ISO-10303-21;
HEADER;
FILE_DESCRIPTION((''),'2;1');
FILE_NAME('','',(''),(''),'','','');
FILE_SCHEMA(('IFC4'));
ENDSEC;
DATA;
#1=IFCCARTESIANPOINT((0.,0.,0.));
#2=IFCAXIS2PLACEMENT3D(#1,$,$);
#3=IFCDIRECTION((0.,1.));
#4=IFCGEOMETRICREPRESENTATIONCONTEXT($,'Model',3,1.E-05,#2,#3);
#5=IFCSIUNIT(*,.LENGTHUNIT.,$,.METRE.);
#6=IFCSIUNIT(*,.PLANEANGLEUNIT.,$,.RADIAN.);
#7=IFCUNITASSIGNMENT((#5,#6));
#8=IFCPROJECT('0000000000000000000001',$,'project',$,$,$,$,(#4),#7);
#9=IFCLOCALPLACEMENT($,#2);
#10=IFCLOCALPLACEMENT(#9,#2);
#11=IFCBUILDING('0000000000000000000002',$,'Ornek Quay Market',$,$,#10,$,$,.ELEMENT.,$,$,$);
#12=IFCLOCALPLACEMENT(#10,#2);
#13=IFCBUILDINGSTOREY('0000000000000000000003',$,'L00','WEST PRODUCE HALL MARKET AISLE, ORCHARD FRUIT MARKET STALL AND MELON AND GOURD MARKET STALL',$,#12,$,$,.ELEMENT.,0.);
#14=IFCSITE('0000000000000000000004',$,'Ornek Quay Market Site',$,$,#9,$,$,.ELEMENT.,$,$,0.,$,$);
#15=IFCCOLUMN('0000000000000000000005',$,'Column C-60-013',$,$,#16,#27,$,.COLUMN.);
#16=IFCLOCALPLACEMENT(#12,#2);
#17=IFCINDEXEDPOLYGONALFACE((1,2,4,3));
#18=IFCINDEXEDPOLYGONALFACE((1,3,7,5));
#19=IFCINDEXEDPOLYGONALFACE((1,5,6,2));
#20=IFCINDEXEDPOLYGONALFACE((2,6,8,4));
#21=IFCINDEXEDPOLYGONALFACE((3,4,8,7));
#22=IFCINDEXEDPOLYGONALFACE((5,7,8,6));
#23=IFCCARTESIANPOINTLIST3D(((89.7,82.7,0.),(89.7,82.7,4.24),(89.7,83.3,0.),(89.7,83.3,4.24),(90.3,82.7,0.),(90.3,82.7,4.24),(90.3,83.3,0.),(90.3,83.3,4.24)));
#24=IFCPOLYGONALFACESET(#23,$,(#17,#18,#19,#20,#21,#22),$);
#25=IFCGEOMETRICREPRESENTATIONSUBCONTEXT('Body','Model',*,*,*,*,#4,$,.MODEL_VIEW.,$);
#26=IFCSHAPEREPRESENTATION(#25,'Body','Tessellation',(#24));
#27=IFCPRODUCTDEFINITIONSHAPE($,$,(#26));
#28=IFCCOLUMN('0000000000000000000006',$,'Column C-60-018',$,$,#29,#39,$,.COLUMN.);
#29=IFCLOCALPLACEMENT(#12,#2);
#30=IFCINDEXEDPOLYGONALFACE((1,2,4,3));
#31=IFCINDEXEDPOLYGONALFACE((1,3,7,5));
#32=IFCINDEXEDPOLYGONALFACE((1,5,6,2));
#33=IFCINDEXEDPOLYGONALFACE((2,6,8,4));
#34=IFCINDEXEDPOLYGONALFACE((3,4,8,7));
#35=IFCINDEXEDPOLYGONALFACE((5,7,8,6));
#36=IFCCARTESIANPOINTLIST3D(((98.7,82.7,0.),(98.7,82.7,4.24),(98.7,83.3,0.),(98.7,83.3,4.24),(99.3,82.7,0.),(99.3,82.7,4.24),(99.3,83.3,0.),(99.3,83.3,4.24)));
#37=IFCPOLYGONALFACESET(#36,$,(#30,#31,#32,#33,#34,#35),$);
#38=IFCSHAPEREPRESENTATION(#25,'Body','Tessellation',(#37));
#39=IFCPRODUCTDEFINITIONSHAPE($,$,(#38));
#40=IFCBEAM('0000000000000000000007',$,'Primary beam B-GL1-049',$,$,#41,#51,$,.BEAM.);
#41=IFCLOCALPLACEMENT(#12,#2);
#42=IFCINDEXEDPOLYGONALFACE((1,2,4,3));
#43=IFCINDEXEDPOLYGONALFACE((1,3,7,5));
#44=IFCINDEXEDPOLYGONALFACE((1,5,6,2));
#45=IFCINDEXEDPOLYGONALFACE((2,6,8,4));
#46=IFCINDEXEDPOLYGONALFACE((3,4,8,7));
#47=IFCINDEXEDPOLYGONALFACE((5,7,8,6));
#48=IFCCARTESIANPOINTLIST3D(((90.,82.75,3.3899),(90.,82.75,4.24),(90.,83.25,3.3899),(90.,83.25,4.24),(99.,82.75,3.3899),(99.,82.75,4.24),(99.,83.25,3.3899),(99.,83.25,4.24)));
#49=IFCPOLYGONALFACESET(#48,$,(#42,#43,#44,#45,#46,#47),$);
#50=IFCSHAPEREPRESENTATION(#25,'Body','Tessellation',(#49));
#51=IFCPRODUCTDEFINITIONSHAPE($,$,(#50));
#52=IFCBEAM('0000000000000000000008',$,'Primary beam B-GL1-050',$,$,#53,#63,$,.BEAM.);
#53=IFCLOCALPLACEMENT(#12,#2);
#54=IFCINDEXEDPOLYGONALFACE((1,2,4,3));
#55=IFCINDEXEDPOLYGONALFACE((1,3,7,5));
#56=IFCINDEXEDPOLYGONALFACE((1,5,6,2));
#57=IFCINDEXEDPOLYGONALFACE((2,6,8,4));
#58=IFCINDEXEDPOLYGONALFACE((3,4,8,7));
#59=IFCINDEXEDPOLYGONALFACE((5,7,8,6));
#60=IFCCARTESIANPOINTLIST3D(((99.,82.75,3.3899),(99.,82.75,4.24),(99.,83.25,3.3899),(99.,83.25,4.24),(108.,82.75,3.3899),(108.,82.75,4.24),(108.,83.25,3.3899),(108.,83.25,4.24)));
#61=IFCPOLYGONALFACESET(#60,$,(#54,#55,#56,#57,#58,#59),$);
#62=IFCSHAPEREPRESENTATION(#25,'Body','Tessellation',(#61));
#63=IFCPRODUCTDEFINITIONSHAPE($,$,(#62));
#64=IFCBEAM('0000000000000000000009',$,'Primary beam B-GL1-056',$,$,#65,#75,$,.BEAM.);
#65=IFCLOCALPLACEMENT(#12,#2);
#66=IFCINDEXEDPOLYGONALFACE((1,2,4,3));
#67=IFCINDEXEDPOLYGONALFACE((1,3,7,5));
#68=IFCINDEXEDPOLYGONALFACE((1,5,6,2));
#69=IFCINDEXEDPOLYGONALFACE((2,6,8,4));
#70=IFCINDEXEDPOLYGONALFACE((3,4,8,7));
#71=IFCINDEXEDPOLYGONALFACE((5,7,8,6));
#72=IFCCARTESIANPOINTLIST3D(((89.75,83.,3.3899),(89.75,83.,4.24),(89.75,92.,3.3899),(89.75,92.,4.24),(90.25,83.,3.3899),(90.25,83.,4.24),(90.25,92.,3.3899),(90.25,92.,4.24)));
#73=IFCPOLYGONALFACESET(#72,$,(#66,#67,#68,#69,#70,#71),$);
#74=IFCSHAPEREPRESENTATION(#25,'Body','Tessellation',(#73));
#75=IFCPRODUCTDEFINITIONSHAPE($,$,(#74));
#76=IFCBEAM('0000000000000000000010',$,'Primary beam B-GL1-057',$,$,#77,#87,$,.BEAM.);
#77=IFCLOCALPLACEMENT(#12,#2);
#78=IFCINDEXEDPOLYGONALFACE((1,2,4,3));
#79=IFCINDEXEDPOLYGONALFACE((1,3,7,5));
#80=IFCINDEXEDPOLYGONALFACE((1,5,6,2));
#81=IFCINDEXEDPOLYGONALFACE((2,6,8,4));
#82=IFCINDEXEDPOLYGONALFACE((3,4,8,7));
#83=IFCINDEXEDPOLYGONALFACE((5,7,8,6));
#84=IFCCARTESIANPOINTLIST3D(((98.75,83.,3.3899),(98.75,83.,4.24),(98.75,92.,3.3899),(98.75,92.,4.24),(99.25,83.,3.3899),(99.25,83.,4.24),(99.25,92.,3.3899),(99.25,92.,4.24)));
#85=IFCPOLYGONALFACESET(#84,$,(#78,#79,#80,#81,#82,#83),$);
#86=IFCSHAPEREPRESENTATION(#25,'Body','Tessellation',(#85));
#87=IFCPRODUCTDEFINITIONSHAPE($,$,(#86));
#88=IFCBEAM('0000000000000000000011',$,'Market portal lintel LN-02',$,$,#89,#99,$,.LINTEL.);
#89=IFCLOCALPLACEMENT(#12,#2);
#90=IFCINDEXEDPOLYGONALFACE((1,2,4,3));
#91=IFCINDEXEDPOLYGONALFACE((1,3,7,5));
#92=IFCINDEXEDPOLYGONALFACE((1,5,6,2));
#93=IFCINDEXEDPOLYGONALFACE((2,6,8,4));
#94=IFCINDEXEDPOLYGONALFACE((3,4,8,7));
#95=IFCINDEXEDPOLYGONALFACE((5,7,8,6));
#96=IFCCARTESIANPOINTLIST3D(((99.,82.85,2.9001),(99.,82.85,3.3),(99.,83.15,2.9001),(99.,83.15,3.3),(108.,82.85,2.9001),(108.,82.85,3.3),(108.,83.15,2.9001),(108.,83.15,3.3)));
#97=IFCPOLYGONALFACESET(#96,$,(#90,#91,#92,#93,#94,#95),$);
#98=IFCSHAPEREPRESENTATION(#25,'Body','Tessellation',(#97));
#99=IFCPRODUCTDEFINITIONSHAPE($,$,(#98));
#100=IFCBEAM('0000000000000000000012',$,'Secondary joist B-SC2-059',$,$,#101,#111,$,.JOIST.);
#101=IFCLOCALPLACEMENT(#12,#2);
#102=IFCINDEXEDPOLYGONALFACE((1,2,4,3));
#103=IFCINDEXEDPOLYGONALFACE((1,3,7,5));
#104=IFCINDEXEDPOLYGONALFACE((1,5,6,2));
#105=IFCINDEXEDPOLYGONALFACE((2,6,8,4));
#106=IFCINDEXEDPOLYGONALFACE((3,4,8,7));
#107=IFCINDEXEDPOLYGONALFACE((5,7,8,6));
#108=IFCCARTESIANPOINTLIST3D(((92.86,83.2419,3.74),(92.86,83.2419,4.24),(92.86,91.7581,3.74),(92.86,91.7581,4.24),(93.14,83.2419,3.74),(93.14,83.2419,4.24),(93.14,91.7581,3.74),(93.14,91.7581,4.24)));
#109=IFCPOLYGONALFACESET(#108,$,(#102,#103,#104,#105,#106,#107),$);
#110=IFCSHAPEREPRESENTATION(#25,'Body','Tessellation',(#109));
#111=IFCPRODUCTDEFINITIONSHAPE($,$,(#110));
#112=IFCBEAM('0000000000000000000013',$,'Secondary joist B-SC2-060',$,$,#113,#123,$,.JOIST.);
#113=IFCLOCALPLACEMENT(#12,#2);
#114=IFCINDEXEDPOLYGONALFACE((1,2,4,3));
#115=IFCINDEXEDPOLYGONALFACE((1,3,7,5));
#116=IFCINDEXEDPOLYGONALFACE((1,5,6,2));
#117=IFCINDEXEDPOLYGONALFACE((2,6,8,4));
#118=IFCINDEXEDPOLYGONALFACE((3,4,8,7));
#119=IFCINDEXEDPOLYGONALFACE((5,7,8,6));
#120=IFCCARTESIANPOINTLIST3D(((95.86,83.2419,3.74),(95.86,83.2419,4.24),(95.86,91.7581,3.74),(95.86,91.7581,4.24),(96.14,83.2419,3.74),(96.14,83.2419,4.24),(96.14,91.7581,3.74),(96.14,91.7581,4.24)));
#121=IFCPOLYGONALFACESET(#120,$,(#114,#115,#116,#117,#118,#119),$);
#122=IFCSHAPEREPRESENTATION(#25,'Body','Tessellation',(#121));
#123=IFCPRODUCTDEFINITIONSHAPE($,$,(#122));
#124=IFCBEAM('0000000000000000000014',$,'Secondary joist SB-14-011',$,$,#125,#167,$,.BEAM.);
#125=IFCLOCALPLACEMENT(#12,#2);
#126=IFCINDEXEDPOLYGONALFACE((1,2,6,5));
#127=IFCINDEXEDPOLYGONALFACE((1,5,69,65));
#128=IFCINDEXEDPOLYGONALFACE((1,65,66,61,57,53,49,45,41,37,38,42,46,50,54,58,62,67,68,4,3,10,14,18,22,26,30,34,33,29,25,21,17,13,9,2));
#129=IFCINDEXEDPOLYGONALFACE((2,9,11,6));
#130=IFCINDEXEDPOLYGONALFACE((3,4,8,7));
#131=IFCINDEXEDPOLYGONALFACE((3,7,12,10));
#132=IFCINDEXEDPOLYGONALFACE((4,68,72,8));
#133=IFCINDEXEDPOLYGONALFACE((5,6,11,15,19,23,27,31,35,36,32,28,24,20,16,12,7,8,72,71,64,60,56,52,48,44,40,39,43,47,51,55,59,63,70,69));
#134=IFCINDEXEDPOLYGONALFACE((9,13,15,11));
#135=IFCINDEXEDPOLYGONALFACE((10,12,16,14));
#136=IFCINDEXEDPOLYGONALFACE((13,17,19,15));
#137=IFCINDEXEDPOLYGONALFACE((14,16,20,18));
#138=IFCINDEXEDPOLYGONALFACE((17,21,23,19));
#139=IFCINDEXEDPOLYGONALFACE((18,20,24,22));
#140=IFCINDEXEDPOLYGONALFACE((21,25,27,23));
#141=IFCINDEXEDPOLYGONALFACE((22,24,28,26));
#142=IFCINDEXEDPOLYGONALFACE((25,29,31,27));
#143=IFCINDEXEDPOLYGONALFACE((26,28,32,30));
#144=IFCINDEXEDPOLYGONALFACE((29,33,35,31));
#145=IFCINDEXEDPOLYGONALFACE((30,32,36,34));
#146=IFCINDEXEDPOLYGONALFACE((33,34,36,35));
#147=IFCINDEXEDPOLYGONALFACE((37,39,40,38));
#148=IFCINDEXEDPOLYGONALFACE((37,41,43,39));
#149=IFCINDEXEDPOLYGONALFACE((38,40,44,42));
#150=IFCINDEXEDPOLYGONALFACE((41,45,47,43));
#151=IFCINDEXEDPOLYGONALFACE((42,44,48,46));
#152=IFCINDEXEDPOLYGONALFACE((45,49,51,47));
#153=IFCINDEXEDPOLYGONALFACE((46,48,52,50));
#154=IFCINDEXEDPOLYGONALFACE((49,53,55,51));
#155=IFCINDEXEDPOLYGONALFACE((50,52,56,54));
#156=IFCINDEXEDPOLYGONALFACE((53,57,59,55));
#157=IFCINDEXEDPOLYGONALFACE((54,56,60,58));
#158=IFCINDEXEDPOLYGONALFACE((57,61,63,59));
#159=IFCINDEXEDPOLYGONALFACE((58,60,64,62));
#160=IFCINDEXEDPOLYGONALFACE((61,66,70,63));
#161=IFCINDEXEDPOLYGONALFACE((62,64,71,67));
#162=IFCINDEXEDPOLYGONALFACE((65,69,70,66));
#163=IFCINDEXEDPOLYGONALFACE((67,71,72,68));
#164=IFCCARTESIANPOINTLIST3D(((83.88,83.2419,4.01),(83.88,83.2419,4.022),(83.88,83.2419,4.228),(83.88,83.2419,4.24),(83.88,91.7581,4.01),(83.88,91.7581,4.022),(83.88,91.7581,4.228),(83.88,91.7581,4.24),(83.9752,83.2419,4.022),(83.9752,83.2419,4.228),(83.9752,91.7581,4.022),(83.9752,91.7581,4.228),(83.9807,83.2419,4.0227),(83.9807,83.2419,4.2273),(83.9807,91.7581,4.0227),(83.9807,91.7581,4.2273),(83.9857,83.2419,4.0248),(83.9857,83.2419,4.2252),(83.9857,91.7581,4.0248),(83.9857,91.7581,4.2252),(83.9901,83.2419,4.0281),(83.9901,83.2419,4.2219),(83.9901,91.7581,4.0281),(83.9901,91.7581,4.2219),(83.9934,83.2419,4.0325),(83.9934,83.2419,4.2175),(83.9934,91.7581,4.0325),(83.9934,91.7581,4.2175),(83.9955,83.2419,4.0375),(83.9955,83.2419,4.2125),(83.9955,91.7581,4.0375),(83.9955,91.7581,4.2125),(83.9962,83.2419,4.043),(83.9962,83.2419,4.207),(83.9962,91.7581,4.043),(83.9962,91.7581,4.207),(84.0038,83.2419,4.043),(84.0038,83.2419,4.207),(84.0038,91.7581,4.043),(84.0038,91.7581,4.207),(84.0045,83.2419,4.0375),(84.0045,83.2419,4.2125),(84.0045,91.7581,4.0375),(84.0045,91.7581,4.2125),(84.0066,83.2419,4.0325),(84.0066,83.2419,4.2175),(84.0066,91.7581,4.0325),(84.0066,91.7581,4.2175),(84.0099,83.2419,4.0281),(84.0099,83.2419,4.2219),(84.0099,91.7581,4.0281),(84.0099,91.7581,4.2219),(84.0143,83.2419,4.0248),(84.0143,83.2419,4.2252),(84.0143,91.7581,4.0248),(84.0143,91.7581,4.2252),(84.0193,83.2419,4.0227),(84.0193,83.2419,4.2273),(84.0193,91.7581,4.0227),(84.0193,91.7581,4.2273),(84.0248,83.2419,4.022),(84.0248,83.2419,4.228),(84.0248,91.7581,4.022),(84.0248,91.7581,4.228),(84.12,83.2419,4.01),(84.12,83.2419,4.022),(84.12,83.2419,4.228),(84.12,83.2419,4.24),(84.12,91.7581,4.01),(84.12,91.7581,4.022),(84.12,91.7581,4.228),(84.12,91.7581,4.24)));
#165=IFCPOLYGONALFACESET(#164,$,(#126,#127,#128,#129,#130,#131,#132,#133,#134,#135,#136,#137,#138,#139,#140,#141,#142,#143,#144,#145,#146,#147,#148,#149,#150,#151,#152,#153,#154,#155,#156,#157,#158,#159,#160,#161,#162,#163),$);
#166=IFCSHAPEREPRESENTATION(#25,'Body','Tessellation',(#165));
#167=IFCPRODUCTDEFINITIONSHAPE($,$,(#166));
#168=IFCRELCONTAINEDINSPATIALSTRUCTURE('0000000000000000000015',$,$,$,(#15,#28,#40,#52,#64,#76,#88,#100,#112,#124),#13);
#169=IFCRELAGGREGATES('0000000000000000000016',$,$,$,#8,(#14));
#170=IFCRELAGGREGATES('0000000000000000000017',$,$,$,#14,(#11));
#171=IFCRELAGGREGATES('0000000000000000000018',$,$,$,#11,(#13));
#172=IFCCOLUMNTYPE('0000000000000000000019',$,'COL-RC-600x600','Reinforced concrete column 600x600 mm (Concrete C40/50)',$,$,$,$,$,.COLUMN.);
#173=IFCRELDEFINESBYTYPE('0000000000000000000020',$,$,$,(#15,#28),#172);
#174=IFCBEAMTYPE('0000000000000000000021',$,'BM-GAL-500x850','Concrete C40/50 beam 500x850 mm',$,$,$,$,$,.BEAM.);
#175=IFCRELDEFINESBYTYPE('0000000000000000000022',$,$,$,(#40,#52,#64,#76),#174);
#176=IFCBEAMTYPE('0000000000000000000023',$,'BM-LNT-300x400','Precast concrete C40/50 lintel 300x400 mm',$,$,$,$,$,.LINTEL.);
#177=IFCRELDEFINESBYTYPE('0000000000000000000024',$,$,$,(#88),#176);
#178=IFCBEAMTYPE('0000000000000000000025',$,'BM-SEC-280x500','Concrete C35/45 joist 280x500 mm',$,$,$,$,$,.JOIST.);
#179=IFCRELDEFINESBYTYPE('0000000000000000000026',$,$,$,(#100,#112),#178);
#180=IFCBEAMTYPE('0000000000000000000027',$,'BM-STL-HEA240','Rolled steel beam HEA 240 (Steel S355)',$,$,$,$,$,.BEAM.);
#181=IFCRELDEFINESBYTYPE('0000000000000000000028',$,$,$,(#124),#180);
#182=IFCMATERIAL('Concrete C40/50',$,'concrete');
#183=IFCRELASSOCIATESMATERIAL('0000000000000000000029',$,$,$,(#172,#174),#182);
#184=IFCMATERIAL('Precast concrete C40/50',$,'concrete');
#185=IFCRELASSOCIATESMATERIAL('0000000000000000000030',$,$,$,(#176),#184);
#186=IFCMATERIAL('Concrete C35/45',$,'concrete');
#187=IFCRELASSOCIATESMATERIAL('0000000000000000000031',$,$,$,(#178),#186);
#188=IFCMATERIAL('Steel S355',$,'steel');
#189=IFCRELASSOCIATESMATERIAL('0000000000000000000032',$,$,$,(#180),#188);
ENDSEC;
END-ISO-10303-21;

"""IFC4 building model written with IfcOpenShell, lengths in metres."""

from ifc_helpers import new_model, si_unit, direction, frame, origin, origin_2d, place, context, subcontext, project, spatial, rectangle, i_section, extrude, material, material_profile, profile_set, type_object, element, save


model = new_model("IFC4")

# Units and contexts
model_context = context("Model", 3, precision=1e-05, world=origin(), true_north=direction((0.0, 1.0)))
body_context = subcontext(model_context, "Body", "Model", "MODEL_VIEW")
ifc_project = project(units=[si_unit("LENGTHUNIT", "METRE"), si_unit("PLANEANGLEUNIT", "RADIAN")], contexts=[model_context])

# Site, building, storey
site_placement = place(None, origin())
site = spatial("IfcSite", under=ifc_project, at=site_placement, Name="Ornek Quay Market Site", CompositionType="ELEMENT", RefElevation=0.0)
building_placement = place(site_placement, origin())
building = spatial("IfcBuilding", under=site, at=building_placement, Name="Ornek Quay Market", CompositionType="ELEMENT")
storey_placement = place(building_placement, origin())
storey = spatial("IfcBuildingStorey", under=building, at=storey_placement, Name="L00", Description="WEST PRODUCE HALL MARKET AISLE, ORCHARD FRUIT MARKET STALL AND MELON AND GOURD MARKET STALL", CompositionType="ELEMENT", Elevation=0.0)

# Columns
ifc_material_1 = material(Name="Concrete C40/50", Category="concrete")
ifc_material_profile_1 = material_profile(ifc_material_1, rectangle(XDim=0.6001, YDim=0.6001, at=origin_2d()), Name="RC 600x600", Category="concrete")
ifc_profile_set_1 = profile_set([ifc_material_profile_1], Name="Concrete C40/50")
column_type = type_object("IfcColumnType", Name="COL-RC-600x600", Description="Reinforced concrete column 600x600 mm (Concrete C40/50)", PredefinedType="COLUMN", material=ifc_profile_set_1)
for number, where, z_axis, x_axis, name in (
    (1, (90.0, 83.0, 0.0), (0.0, 0.0, 1.0), (1.0, 0.0, 0.0), "Column C-60-013"),
    (2, (99.0, 83.0, 0.0), (0.0, 0.0, 1.0), (1.0, 0.0, 0.0), "Column C-60-018"),
):
    element("IfcColumn", number, at=place(storey_placement, frame(where, z_axis=z_axis, x_axis=x_axis)), inside=storey, type_object=column_type, Name=name, PredefinedType="COLUMN", context=body_context, shape_type="SweptSolid", body=[
        extrude(rectangle(XDim=0.6001, YDim=0.6001, at=origin_2d()), origin(), (0.0, 0.0, 1.0), 4.24),
    ])

# Beams
ifc_material_profile_2 = material_profile(ifc_material_1, rectangle(XDim=0.5, YDim=0.8501, at=origin_2d()), Name="RC 500x850", Category="concrete")
ifc_profile_set_2 = profile_set([ifc_material_profile_2], Name="Concrete C40/50")
beam_type_1 = type_object("IfcBeamType", Name="BM-GAL-500x850", Description="Concrete C40/50 beam 500x850 mm", PredefinedType="BEAM", material=ifc_profile_set_2)
for number, where, z_axis, x_axis, name in (
    (3, (90.0, 83.0, 3.8149), (1.0, 0.0, 0.0), (0.0, 1.0, 0.0), "Primary beam B-GL1-049"),
    (4, (99.0, 83.0, 3.8149), (1.0, 0.0, 0.0), (0.0, 1.0, 0.0), "Primary beam B-GL1-050"),
    (5, (90.0, 83.0, 3.8149), (0.0, 1.0, 0.0), (-1.0, 0.0, 0.0), "Primary beam B-GL1-056"),
    (6, (99.0, 83.0, 3.8149), (0.0, 1.0, 0.0), (-1.0, 0.0, 0.0), "Primary beam B-GL1-057"),
):
    element("IfcBeam", number, at=place(storey_placement, frame(where, z_axis=z_axis, x_axis=x_axis)), inside=storey, type_object=beam_type_1, Name=name, PredefinedType="BEAM", context=body_context, shape_type="SweptSolid", body=[
        extrude(rectangle(XDim=0.5, YDim=0.8501, at=origin_2d()), origin(), (0.0, 0.0, 1.0), 9.0),
    ])
ifc_material_2 = material(Name="Precast concrete C40/50", Category="concrete")
ifc_material_profile_3 = material_profile(ifc_material_2, rectangle(XDim=0.3, YDim=0.3999, at=origin_2d()), Name="RC 300x400", Category="concrete")
ifc_profile_set_3 = profile_set([ifc_material_profile_3], Name="Precast concrete C40/50")
beam_type_2 = type_object("IfcBeamType", Name="BM-LNT-300x400", Description="Precast concrete C40/50 lintel 300x400 mm", PredefinedType="LINTEL", material=ifc_profile_set_3)
beam_placement = place(storey_placement, frame((99.0, 83.0, 3.1001), z_axis=(1.0, 0.0, 0.0), x_axis=(0.0, 1.0, 0.0)))
element("IfcBeam", 7, at=beam_placement, inside=storey, type_object=beam_type_2, Name="Market portal lintel LN-02", PredefinedType="LINTEL", context=body_context, shape_type="SweptSolid", body=[
    extrude(rectangle(XDim=0.3, YDim=0.3999, at=origin_2d()), origin(), (0.0, 0.0, 1.0), 9.0),
])
ifc_material_3 = material(Name="Concrete C35/45", Category="concrete")
ifc_material_profile_4 = material_profile(ifc_material_3, rectangle(XDim=0.28, YDim=0.5, at=origin_2d()), Name="RC 280x500", Category="concrete")
ifc_profile_set_4 = profile_set([ifc_material_profile_4], Name="Concrete C35/45")
beam_type_3 = type_object("IfcBeamType", Name="BM-SEC-280x500", Description="Concrete C35/45 joist 280x500 mm", PredefinedType="JOIST", material=ifc_profile_set_4)
for number, where, z_axis, x_axis, name in (
    (8, (93.0, 83.2419, 3.99), (0.0, 1.0, 0.0), (-1.0, 0.0, 0.0), "Secondary joist B-SC2-059"),
    (9, (96.0, 83.2419, 3.99), (0.0, 1.0, 0.0), (-1.0, 0.0, 0.0), "Secondary joist B-SC2-060"),
):
    element("IfcBeam", number, at=place(storey_placement, frame(where, z_axis=z_axis, x_axis=x_axis)), inside=storey, type_object=beam_type_3, Name=name, PredefinedType="JOIST", context=body_context, shape_type="SweptSolid", body=[
        extrude(rectangle(XDim=0.28, YDim=0.5, at=origin_2d()), origin(), (0.0, 0.0, 1.0), 8.5161),
    ])
ifc_material_4 = material(Name="Steel S355", Category="steel")
ifc_material_profile_5 = material_profile(ifc_material_4, i_section(OverallWidth=0.24, OverallDepth=0.23, WebThickness=0.0076, FlangeThickness=0.012, FilletRadius=0.021, at=origin_2d()), Name="HEA 240", Category="steel")
ifc_profile_set_5 = profile_set([ifc_material_profile_5], Name="Steel S355")
beam_type_4 = type_object("IfcBeamType", Name="BM-STL-HEA240", Description="Rolled steel beam HEA 240 (Steel S355)", PredefinedType="BEAM", material=ifc_profile_set_5)
for number, where, z_axis, x_axis, name in (
    (10, (84.0, 83.2419, 4.125), (0.0, 1.0, 0.0), (-1.0, 0.0, 0.0), "Secondary joist SB-14-011"),
):
    element("IfcBeam", number, at=place(storey_placement, frame(where, z_axis=z_axis, x_axis=x_axis)), inside=storey, type_object=beam_type_4, Name=name, PredefinedType="BEAM", context=body_context, shape_type="SweptSolid", body=[
        extrude(i_section(OverallWidth=0.24, OverallDepth=0.23, WebThickness=0.0076, FlangeThickness=0.012, FilletRadius=0.021, at=origin_2d()), origin(), (0.0, 0.0, 1.0), 8.5161),
    ])

save(model, "model.ifc")
